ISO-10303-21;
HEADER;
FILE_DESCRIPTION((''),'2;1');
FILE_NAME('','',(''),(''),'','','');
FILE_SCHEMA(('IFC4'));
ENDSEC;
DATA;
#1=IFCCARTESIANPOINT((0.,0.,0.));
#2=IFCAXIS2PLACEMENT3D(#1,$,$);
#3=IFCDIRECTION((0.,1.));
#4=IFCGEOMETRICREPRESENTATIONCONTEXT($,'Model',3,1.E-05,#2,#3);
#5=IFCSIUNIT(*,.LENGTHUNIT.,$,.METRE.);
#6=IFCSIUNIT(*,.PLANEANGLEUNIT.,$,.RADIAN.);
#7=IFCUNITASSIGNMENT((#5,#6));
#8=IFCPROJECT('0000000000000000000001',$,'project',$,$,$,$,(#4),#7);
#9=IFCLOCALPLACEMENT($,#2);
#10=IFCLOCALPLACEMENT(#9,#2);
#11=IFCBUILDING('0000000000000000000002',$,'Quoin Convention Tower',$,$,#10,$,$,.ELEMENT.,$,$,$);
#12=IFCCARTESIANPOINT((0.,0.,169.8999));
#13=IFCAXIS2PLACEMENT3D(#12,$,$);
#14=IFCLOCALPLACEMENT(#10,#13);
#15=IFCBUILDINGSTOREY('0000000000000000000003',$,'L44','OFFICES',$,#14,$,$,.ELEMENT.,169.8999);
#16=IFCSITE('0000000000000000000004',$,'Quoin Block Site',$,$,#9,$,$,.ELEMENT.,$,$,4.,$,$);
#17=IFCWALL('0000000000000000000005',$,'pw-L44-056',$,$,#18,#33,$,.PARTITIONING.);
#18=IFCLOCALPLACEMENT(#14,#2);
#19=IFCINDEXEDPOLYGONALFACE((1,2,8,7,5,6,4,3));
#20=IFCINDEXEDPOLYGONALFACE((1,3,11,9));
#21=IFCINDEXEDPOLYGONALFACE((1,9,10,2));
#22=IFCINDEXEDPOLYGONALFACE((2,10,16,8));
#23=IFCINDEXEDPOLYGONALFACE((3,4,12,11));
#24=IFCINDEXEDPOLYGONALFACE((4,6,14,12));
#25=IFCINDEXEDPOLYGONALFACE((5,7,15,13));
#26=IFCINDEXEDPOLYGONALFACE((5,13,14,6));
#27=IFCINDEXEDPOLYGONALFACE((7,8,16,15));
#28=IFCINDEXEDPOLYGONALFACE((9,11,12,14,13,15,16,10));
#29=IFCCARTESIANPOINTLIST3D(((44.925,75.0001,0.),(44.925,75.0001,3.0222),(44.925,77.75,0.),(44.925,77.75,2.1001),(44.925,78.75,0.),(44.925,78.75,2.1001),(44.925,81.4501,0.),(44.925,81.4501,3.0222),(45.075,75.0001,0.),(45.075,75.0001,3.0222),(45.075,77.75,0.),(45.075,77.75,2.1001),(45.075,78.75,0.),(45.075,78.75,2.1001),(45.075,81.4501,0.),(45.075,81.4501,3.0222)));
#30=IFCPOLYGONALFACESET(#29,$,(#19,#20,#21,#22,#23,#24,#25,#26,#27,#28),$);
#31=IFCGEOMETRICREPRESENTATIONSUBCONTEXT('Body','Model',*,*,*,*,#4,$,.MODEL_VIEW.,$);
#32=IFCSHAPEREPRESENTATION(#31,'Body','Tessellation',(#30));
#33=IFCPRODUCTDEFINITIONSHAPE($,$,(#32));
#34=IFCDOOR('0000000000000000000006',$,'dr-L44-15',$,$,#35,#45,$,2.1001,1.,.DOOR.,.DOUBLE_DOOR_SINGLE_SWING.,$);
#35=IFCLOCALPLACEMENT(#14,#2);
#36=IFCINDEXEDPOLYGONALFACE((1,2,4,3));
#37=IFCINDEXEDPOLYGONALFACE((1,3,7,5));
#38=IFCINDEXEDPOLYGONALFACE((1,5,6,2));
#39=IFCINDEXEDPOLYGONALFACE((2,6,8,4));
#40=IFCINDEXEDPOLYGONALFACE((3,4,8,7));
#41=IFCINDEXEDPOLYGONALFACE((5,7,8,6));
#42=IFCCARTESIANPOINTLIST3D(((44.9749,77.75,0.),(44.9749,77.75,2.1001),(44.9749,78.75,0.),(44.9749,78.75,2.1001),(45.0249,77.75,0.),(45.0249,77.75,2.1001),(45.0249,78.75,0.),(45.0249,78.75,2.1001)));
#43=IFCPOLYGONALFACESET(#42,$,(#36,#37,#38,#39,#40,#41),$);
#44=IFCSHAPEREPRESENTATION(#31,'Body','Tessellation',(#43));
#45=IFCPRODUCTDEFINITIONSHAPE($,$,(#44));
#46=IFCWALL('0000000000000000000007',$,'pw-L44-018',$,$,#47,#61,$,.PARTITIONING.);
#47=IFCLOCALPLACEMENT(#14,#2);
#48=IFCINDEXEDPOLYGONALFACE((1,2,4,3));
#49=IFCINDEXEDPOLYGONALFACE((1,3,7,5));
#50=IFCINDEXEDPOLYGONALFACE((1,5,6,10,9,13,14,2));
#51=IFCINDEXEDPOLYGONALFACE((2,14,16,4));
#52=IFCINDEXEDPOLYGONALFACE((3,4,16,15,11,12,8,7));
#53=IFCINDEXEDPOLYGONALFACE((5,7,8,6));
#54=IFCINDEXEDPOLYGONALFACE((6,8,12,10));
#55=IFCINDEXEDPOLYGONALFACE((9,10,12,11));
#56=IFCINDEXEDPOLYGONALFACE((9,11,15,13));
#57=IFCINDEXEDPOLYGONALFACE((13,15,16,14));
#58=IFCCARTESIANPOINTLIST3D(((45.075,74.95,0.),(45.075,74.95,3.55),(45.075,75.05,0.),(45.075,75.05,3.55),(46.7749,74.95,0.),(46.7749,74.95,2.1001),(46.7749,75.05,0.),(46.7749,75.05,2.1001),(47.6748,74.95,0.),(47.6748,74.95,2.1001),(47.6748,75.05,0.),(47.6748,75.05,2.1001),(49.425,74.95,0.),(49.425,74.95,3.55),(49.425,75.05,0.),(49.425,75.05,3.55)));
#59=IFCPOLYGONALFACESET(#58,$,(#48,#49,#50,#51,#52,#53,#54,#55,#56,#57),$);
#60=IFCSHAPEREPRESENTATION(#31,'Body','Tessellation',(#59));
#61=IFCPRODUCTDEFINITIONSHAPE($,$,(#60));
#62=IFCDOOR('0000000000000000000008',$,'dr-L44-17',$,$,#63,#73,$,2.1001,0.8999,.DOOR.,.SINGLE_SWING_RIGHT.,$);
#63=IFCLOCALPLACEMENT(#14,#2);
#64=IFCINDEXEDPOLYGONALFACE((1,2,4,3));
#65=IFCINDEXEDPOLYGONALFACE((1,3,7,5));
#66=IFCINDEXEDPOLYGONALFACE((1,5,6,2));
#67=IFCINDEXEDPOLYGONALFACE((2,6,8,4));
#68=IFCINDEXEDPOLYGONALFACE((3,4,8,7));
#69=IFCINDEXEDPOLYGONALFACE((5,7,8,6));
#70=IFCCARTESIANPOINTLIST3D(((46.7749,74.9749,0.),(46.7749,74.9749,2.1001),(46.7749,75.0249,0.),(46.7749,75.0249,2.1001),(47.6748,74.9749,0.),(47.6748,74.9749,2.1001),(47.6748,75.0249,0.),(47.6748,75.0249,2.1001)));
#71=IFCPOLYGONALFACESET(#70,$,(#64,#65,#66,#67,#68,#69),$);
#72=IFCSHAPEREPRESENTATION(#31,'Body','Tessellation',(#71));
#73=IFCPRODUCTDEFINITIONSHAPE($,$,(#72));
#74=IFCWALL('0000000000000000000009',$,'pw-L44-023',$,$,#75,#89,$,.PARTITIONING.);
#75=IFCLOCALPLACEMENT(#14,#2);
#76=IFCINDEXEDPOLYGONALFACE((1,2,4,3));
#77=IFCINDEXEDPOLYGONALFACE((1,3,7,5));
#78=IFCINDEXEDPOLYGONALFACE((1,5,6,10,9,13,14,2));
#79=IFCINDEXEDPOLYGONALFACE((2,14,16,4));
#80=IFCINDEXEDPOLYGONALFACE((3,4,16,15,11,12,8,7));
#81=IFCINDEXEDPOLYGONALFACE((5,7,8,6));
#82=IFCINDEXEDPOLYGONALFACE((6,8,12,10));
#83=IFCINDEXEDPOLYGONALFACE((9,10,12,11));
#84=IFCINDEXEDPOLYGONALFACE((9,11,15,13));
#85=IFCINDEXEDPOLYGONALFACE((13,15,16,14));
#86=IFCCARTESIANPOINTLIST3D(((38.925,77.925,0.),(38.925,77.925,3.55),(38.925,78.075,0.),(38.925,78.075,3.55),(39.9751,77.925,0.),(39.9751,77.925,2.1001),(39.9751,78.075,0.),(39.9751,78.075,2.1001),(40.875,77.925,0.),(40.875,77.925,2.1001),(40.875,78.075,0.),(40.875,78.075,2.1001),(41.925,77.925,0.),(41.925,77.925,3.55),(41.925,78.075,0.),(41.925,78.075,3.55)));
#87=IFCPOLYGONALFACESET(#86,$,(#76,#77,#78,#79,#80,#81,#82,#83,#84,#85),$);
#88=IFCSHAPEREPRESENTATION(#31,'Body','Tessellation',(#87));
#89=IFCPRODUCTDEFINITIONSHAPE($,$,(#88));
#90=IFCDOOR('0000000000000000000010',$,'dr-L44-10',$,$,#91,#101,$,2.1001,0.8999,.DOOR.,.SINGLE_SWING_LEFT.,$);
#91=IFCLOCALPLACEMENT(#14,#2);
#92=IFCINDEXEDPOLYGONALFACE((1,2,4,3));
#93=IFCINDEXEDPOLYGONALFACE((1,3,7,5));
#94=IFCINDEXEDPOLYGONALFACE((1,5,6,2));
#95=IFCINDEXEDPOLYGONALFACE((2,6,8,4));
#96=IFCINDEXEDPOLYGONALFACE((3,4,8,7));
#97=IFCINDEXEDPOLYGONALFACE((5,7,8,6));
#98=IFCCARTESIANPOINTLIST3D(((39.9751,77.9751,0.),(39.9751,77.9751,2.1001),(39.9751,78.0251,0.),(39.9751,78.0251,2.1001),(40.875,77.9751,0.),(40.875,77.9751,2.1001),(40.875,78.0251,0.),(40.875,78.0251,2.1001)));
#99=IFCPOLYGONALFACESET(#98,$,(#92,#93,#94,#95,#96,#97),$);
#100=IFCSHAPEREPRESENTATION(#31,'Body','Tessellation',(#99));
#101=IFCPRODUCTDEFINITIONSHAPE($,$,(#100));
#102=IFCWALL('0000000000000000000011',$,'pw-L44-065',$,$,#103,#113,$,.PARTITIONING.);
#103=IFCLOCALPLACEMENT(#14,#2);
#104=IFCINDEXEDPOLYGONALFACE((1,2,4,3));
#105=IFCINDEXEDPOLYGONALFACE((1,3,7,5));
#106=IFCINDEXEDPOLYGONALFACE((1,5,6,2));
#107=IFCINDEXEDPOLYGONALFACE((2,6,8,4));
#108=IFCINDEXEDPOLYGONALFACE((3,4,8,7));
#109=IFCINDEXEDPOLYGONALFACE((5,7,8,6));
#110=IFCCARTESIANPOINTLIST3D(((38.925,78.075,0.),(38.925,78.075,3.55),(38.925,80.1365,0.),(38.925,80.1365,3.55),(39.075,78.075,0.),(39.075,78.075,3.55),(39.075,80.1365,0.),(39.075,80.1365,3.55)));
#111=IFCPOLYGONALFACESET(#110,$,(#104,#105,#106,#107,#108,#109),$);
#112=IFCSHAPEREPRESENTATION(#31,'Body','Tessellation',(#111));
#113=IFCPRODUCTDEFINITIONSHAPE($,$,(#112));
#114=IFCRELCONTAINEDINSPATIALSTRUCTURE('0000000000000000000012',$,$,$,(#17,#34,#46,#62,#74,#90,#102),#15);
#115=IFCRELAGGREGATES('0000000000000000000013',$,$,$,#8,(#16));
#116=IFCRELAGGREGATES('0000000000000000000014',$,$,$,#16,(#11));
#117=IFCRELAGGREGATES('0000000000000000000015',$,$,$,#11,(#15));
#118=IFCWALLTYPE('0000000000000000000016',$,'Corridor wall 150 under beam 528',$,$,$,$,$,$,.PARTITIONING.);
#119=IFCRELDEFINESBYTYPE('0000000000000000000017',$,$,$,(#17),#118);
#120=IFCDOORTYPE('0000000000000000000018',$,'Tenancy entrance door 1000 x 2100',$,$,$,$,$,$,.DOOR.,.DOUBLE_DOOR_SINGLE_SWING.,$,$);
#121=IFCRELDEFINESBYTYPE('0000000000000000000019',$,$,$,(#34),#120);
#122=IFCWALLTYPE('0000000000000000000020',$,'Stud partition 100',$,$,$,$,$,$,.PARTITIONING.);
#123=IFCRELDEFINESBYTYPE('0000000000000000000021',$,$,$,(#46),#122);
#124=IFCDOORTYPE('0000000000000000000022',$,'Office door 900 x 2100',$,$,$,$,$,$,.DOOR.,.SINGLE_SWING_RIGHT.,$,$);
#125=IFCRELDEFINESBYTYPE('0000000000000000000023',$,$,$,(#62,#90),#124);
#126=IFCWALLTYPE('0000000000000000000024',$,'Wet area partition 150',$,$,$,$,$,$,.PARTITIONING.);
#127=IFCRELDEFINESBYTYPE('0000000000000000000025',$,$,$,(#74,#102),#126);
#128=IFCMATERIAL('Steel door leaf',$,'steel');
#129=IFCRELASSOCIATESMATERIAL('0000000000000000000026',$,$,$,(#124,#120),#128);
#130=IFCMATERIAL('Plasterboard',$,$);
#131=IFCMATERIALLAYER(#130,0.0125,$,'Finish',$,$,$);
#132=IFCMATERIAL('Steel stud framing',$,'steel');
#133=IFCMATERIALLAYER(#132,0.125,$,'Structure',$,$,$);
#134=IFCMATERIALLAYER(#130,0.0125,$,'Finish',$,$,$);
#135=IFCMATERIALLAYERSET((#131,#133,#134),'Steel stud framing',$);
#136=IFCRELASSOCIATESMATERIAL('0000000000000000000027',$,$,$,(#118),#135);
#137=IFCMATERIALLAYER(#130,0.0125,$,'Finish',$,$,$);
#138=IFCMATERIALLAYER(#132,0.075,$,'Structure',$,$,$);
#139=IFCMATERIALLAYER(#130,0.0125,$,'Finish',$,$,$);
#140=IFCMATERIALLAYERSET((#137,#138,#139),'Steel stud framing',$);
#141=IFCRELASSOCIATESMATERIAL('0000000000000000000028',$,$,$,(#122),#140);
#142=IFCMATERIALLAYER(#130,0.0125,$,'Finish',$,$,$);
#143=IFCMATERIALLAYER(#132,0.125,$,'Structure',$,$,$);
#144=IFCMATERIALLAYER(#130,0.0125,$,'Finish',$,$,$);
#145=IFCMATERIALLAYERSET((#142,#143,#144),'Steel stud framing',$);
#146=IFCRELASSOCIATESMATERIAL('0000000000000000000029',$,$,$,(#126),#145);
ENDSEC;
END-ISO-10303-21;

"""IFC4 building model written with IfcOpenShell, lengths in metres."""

from ifc_helpers import new_model, si_unit, direction, frame, frame_2d, origin, place, context, subcontext, project, spatial, rectangle, extrude, material, layer, layer_set, type_object, element, fill, save


model = new_model("IFC4")

# Units and contexts
model_context = context("Model", 3, precision=1e-05, world=origin(), true_north=direction((0.0, 1.0)))
body_context = subcontext(model_context, "Body", "Model", "MODEL_VIEW")
ifc_project = project(units=[si_unit("LENGTHUNIT", "METRE"), si_unit("PLANEANGLEUNIT", "RADIAN")], contexts=[model_context])

# Site, building, storey
site_placement = place(None, origin())
site = spatial("IfcSite", under=ifc_project, at=site_placement, Name="Quoin Block Site", CompositionType="ELEMENT", RefElevation=4.0)
building_placement = place(site_placement, origin())
building = spatial("IfcBuilding", under=site, at=building_placement, Name="Quoin Convention Tower", CompositionType="ELEMENT")
storey_placement = place(building_placement, frame((0.0, 0.0, 169.8999)))
storey = spatial("IfcBuildingStorey", under=building, at=storey_placement, Name="L44", Description="OFFICES", CompositionType="ELEMENT", Elevation=169.8999)

# Shared definitions
ifc_material_1 = material(Name="Plasterboard")
ifc_material_2 = material(Name="Steel stud framing", Category="steel")
ifc_material_3 = material(Name="Steel door leaf", Category="steel")
door_type_1 = type_object("IfcDoorType", Name="Office door 900 x 2100", OperationType="SINGLE_SWING_RIGHT", PredefinedType="DOOR", material=ifc_material_3)

# Walls, openings, doors
ifc_layer_1 = layer(ifc_material_1, 0.0125, Name="Finish")
ifc_layer_2 = layer(ifc_material_2, 0.125, Name="Structure")
ifc_layer_3 = layer(ifc_material_1, 0.0125, Name="Finish")
ifc_layer_set_1 = layer_set([ifc_layer_1, ifc_layer_2, ifc_layer_3], Name="Steel stud framing")
wall_type_1 = type_object("IfcWallType", Name="Corridor wall 150 under beam 528", PredefinedType="PARTITIONING", material=ifc_layer_set_1)
wall_1_placement = place(storey_placement, frame((45.0, 75.0, 0.0), z_axis=(0.0, 0.0, 1.0), x_axis=(0.0, 1.0, 0.0)))
wall_1 = element("IfcWall", 1, at=wall_1_placement, inside=storey, type_object=wall_type_1, Name="pw-L44-056", PredefinedType="PARTITIONING", context=body_context, shape_type="SweptSolid", body=[
    extrude(rectangle(XDim=6.45, YDim=0.1499, at=frame_2d((3.2251, 0.0))), origin(), (0.0, 0.0, 1.0), 3.0222),
])
opening_1_placement = place(wall_1_placement, frame((2.75, 0.0, 0.0)))
opening_1 = element("IfcOpeningElement", 2, at=opening_1_placement, cuts=wall_1, PredefinedType="OPENING", context=body_context, shape_type="SweptSolid", body=[
    extrude(rectangle(XDim=1.0, YDim=2.1001, at=frame_2d((0.5, 1.05))), frame((0.0, 0.085, 0.0), z_axis=(0.0, -1.0, 0.0), x_axis=(1.0, 0.0, 0.0)), (0.0, 0.0, 1.0), 0.1699),
])
door_type_2 = type_object("IfcDoorType", Name="Tenancy entrance door 1000 x 2100", OperationType="DOUBLE_DOOR_SINGLE_SWING", PredefinedType="DOOR", material=ifc_material_3)
door_1_placement = place(opening_1_placement, frame((1.0, 0.0, 0.0), z_axis=(0.0, 0.0, 1.0), x_axis=(-1.0, 0.0, 0.0)))
door_1 = element("IfcDoor", 3, at=door_1_placement, inside=storey, type_object=door_type_2, Name="dr-L44-15", OperationType="DOUBLE_DOOR_SINGLE_SWING", OverallHeight=2.1001, OverallWidth=1.0, PredefinedType="DOOR", context=body_context, shape_type="SweptSolid", body=[
    extrude(rectangle(XDim=1.0, YDim=2.1001, at=frame_2d((0.5, 1.05))), frame((0.0, 0.0249, 0.0), z_axis=(0.0, -1.0, 0.0), x_axis=(1.0, 0.0, 0.0)), (0.0, 0.0, 1.0), 0.05),
])
fill(opening_1, door_1)
ifc_layer_4 = layer(ifc_material_1, 0.0125, Name="Finish")
ifc_layer_5 = layer(ifc_material_2, 0.075, Name="Structure")
ifc_layer_6 = layer(ifc_material_1, 0.0125, Name="Finish")
ifc_layer_set_2 = layer_set([ifc_layer_4, ifc_layer_5, ifc_layer_6], Name="Steel stud framing")
wall_type_2 = type_object("IfcWallType", Name="Stud partition 100", PredefinedType="PARTITIONING", material=ifc_layer_set_2)
wall_2_placement = place(storey_placement, frame((45.075, 75.0, 0.0), z_axis=(0.0, 0.0, 1.0), x_axis=(1.0, 0.0, 0.0)))
wall_2 = element("IfcWall", 4, at=wall_2_placement, inside=storey, type_object=wall_type_2, Name="pw-L44-018", PredefinedType="PARTITIONING", context=body_context, shape_type="SweptSolid", body=[
    extrude(rectangle(XDim=4.3501, YDim=0.1001, at=frame_2d((2.175, 0.0))), origin(), (0.0, 0.0, 1.0), 3.55),
])
opening_2_placement = place(wall_2_placement, frame((1.7, 0.0, 0.0)))
opening_2 = element("IfcOpeningElement", 5, at=opening_2_placement, cuts=wall_2, PredefinedType="OPENING", context=body_context, shape_type="SweptSolid", body=[
    extrude(rectangle(XDim=0.8999, YDim=2.1001, at=frame_2d((0.45, 1.05))), frame((0.0, 0.0601, 0.0), z_axis=(0.0, -1.0, 0.0), x_axis=(1.0, 0.0, 0.0)), (0.0, 0.0, 1.0), 0.1201),
])
door_2_placement = place(opening_2_placement, origin())
door_2 = element("IfcDoor", 6, at=door_2_placement, inside=storey, type_object=door_type_1, Name="dr-L44-17", OperationType="SINGLE_SWING_RIGHT", OverallHeight=2.1001, OverallWidth=0.8999, PredefinedType="DOOR", context=body_context, shape_type="SweptSolid", body=[
    extrude(rectangle(XDim=0.8999, YDim=2.1001, at=frame_2d((0.45, 1.05))), frame((0.0, 0.0249, 0.0), z_axis=(0.0, -1.0, 0.0), x_axis=(1.0, 0.0, 0.0)), (0.0, 0.0, 1.0), 0.05),
])
fill(opening_2, door_2)
ifc_layer_7 = layer(ifc_material_1, 0.0125, Name="Finish")
ifc_layer_8 = layer(ifc_material_2, 0.125, Name="Structure")
ifc_layer_9 = layer(ifc_material_1, 0.0125, Name="Finish")
ifc_layer_set_3 = layer_set([ifc_layer_7, ifc_layer_8, ifc_layer_9], Name="Steel stud framing")
wall_type_3 = type_object("IfcWallType", Name="Wet area partition 150", PredefinedType="PARTITIONING", material=ifc_layer_set_3)
wall_3_placement = place(storey_placement, frame((38.925, 78.0, 0.0), z_axis=(0.0, 0.0, 1.0), x_axis=(1.0, 0.0, 0.0)))
wall_3 = element("IfcWall", 7, at=wall_3_placement, inside=storey, type_object=wall_type_3, Name="pw-L44-023", PredefinedType="PARTITIONING", context=body_context, shape_type="SweptSolid", body=[
    extrude(rectangle(XDim=3.0, YDim=0.1499, at=frame_2d((1.5, 0.0))), origin(), (0.0, 0.0, 1.0), 3.55),
])
opening_3_placement = place(wall_3_placement, frame((1.05, 0.0, 0.0)))
opening_3 = element("IfcOpeningElement", 8, at=opening_3_placement, cuts=wall_3, PredefinedType="OPENING", context=body_context, shape_type="SweptSolid", body=[
    extrude(rectangle(XDim=0.8999, YDim=2.1001, at=frame_2d((0.45, 1.05))), frame((0.0, 0.085, 0.0), z_axis=(0.0, -1.0, 0.0), x_axis=(1.0, 0.0, 0.0)), (0.0, 0.0, 1.0), 0.1699),
])
door_3_placement = place(opening_3_placement, frame((0.8999, 0.0, 0.0), z_axis=(0.0, 0.0, 1.0), x_axis=(-1.0, 0.0, 0.0)))
door_3 = element("IfcDoor", 9, at=door_3_placement, inside=storey, type_object=door_type_1, Name="dr-L44-10", OperationType="SINGLE_SWING_LEFT", OverallHeight=2.1001, OverallWidth=0.8999, PredefinedType="DOOR", context=body_context, shape_type="SweptSolid", body=[
    extrude(rectangle(XDim=0.8999, YDim=2.1001, at=frame_2d((0.45, 1.05))), frame((0.0, 0.0249, 0.0), z_axis=(0.0, -1.0, 0.0), x_axis=(1.0, 0.0, 0.0)), (0.0, 0.0, 1.0), 0.05),
])
fill(opening_3, door_3)

# Wall
wall_4_placement = place(storey_placement, frame((39.0, 78.075, 0.0), z_axis=(0.0, 0.0, 1.0), x_axis=(0.0, 1.0, 0.0)))
element("IfcWall", 10, at=wall_4_placement, inside=storey, type_object=wall_type_3, Name="pw-L44-065", PredefinedType="PARTITIONING", context=body_context, shape_type="SweptSolid", body=[
    extrude(rectangle(XDim=2.0615, YDim=0.1499, at=frame_2d((1.0308, 0.0))), origin(), (0.0, 0.0, 1.0), 3.55),
])

save(model, "model.ifc")
